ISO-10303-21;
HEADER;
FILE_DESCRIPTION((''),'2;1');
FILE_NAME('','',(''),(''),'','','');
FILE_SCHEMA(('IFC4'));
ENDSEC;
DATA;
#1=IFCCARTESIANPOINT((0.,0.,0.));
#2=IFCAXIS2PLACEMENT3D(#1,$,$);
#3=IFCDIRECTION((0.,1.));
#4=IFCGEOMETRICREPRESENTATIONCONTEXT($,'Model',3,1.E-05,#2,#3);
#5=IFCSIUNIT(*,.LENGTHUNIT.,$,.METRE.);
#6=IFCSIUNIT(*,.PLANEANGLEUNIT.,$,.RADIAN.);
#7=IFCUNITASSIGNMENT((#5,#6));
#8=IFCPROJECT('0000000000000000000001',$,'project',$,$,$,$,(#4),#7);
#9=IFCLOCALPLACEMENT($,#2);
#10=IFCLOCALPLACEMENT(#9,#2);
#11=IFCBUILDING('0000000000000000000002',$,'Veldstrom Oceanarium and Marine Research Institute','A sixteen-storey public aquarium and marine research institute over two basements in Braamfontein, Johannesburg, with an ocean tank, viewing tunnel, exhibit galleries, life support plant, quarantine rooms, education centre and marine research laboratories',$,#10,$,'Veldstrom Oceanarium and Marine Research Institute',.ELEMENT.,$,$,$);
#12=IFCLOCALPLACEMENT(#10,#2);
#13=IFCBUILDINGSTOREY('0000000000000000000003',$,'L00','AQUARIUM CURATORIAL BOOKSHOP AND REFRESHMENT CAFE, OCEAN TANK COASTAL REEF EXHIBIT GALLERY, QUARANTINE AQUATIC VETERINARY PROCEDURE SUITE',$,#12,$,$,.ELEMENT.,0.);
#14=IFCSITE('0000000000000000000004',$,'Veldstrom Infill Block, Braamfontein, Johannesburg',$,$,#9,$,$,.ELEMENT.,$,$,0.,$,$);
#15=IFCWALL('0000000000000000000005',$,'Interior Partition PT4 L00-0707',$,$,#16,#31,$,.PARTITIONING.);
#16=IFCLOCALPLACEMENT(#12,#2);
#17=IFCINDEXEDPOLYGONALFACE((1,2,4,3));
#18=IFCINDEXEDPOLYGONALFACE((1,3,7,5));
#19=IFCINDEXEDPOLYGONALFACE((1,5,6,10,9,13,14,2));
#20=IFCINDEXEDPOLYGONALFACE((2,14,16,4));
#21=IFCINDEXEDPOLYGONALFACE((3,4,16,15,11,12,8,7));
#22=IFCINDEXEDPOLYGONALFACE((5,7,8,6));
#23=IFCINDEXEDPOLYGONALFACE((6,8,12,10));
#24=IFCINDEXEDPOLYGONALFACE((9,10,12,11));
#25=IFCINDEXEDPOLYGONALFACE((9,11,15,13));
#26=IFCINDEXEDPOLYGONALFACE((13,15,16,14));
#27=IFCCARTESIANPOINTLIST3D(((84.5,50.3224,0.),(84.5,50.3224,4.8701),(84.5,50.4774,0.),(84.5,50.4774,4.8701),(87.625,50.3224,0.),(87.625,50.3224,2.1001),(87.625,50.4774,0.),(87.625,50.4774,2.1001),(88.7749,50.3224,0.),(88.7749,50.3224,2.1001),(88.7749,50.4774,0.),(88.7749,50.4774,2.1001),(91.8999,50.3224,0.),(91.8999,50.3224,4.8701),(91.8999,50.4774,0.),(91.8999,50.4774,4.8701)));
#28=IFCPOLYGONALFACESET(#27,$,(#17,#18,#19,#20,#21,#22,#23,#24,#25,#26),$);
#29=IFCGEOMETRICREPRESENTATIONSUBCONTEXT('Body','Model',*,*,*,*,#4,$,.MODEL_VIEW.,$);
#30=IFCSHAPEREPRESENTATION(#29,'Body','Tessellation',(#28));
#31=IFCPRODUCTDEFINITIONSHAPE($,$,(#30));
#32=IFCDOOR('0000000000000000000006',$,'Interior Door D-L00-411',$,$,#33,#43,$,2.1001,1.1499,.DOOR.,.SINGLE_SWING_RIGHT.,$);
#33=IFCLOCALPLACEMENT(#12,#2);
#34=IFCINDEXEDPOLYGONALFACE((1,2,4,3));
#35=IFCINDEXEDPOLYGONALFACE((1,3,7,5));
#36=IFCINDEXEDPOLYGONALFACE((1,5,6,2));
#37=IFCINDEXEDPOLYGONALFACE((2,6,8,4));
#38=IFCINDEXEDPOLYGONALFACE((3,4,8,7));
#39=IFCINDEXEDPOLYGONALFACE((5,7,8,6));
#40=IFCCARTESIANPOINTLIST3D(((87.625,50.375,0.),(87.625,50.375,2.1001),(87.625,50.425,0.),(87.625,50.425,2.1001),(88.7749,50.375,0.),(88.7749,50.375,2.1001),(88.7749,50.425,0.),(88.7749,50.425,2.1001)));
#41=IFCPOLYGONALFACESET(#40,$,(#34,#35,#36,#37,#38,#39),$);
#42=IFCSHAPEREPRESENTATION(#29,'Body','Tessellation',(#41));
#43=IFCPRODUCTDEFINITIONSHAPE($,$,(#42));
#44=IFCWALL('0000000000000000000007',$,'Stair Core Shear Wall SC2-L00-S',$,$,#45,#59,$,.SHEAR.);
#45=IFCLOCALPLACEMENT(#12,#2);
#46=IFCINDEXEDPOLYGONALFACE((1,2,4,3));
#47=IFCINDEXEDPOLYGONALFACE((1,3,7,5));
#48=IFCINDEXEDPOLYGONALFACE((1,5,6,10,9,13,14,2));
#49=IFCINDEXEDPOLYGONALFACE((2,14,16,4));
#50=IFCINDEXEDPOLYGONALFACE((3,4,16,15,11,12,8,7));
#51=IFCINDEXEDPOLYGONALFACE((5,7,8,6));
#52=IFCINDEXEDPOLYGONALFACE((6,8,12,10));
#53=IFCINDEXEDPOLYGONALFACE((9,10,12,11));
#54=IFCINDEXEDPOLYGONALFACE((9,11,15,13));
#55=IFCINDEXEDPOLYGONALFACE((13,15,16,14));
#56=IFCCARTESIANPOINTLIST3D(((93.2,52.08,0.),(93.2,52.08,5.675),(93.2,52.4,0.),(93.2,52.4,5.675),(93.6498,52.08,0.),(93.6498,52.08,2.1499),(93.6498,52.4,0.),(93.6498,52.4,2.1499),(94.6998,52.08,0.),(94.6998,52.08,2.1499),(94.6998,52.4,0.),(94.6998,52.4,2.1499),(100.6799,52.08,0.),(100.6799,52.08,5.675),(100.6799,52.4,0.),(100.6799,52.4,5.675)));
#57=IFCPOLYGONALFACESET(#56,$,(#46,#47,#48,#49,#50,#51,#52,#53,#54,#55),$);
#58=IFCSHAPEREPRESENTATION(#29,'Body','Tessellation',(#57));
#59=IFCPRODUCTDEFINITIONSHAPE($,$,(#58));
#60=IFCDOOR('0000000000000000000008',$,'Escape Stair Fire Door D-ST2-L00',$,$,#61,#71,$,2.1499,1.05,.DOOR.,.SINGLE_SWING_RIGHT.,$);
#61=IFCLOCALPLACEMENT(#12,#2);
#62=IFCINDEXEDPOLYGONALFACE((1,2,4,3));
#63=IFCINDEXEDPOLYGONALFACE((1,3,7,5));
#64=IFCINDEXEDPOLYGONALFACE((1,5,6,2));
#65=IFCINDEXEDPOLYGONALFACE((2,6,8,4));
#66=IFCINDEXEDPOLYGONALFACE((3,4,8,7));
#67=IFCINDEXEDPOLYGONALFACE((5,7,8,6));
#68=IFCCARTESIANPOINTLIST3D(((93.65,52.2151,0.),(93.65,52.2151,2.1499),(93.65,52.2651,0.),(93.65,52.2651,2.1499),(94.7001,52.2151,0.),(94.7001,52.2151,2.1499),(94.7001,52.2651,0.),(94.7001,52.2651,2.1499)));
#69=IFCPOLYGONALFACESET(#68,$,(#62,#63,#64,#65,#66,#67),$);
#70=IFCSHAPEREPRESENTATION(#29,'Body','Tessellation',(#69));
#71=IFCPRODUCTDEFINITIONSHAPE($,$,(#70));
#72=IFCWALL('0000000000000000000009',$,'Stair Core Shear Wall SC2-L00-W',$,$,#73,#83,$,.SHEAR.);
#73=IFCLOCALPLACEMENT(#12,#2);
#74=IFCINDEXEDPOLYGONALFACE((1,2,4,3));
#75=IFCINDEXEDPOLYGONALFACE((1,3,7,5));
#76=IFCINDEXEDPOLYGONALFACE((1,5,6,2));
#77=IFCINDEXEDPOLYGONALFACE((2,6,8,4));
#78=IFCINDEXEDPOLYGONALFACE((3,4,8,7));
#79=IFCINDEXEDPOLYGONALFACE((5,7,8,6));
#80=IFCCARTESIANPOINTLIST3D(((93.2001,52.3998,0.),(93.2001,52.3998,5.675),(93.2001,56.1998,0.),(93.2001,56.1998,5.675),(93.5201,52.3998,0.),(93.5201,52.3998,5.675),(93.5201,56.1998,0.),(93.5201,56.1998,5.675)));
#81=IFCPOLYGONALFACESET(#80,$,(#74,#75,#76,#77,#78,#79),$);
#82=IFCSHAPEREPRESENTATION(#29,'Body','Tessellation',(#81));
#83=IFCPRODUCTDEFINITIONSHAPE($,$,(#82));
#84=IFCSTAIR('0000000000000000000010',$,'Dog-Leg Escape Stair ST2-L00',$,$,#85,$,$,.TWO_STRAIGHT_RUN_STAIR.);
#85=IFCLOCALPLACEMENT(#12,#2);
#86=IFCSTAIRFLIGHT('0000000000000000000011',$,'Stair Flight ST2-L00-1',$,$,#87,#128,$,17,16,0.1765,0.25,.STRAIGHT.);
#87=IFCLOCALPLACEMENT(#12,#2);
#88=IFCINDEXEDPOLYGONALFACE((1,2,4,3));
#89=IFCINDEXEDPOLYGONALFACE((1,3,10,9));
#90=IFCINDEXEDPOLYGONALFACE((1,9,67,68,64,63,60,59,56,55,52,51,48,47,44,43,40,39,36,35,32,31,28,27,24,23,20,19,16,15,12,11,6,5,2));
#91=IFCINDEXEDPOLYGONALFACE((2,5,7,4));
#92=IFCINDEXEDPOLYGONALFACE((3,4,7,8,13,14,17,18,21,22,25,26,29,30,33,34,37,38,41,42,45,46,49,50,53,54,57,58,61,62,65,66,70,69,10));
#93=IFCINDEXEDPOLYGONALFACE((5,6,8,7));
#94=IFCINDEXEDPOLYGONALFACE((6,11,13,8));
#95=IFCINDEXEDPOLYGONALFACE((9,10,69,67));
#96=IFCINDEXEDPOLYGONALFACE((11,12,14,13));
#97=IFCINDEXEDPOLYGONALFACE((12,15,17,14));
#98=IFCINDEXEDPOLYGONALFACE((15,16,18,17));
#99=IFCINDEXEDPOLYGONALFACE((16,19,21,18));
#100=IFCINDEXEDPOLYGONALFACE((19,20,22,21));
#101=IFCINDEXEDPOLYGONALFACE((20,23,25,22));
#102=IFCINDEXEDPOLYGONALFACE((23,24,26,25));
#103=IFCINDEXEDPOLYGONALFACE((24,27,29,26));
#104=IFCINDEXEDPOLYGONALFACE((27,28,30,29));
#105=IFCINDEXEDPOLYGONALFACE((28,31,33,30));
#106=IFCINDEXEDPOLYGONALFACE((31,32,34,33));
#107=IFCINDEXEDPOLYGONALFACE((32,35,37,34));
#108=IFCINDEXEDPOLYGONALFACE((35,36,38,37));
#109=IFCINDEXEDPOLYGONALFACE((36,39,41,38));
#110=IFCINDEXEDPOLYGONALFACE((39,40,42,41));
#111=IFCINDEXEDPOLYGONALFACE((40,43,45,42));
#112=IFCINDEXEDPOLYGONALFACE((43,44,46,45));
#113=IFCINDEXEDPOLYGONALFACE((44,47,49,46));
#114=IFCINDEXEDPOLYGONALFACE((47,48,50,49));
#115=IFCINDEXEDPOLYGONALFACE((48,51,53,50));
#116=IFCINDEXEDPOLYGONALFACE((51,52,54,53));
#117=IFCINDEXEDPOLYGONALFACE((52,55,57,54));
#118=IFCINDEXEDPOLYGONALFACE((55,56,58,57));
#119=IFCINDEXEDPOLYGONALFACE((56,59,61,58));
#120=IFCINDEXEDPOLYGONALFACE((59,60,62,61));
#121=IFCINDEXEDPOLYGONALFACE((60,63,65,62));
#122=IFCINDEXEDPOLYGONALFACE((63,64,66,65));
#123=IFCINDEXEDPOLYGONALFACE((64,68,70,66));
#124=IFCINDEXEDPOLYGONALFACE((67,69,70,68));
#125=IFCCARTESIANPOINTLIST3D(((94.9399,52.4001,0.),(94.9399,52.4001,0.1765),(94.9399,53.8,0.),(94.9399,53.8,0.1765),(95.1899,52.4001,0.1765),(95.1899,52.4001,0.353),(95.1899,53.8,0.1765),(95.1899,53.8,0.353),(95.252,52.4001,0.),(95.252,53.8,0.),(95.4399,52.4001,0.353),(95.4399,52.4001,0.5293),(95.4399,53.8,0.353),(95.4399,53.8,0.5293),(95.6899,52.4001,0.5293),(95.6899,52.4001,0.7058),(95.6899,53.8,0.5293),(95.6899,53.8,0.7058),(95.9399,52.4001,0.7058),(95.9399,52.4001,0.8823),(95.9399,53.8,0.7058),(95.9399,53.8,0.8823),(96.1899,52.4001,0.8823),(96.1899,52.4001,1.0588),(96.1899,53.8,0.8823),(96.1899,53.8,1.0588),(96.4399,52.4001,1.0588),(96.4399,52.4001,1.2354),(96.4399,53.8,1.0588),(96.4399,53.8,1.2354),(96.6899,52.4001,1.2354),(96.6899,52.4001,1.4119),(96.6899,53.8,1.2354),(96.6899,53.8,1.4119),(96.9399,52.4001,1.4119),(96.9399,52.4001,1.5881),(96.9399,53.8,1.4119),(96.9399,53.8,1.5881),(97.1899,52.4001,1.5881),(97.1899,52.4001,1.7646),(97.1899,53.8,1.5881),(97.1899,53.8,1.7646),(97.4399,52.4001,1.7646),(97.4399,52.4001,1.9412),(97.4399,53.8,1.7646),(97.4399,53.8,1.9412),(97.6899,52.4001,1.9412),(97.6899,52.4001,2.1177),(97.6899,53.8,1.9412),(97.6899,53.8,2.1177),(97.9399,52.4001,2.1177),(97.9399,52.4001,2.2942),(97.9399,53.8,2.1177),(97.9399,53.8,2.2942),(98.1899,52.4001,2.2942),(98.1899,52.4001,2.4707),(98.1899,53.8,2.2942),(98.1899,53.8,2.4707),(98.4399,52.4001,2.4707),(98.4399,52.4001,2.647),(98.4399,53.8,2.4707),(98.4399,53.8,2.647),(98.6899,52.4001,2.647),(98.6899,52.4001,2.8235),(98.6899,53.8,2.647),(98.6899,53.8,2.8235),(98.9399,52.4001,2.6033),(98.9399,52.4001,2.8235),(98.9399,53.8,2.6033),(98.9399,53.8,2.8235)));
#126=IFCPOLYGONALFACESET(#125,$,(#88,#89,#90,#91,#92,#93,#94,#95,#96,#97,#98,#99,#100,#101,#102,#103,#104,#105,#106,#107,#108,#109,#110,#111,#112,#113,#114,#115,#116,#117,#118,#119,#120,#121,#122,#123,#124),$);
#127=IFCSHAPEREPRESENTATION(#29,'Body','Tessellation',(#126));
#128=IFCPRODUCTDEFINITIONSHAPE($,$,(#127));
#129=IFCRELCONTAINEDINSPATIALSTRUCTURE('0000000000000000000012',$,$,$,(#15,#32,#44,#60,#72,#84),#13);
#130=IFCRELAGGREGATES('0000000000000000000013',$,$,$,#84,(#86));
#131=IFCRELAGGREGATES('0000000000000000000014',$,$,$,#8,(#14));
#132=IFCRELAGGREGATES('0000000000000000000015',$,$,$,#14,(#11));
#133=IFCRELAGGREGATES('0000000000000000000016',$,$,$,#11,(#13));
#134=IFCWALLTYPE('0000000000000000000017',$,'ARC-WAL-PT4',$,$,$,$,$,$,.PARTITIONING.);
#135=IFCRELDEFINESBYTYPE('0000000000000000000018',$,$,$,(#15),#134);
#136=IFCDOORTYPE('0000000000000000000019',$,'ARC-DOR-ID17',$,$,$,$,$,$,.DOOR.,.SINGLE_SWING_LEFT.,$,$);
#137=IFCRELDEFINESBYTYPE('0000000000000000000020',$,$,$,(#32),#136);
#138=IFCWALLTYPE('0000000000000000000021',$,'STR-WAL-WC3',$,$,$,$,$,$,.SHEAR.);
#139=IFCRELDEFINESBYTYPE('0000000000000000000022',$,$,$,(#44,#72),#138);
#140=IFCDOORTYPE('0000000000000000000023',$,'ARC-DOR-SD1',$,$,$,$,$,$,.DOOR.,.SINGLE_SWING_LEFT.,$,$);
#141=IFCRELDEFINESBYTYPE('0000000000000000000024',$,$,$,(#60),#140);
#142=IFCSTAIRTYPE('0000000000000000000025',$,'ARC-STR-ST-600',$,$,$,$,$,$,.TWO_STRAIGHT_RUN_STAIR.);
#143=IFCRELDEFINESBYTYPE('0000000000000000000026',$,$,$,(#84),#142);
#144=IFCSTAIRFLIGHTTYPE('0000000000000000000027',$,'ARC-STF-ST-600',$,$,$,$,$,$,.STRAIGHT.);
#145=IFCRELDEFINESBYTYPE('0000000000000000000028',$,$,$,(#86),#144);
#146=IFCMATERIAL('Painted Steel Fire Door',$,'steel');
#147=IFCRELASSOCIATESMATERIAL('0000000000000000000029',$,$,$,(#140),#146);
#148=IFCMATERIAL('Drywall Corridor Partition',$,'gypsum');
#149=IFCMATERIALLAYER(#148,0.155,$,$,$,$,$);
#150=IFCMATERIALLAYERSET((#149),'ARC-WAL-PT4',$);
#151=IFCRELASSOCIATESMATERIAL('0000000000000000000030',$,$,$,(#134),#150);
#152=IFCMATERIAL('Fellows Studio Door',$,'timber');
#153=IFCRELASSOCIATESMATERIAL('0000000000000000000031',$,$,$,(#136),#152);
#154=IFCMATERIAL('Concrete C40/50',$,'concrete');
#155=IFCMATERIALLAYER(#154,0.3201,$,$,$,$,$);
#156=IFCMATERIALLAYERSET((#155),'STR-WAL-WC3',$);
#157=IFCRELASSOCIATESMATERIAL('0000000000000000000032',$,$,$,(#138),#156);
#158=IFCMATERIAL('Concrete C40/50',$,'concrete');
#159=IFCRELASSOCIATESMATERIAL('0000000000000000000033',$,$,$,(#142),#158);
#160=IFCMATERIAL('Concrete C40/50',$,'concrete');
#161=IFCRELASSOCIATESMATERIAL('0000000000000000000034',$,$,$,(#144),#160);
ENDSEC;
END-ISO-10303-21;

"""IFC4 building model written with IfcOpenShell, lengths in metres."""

from ifc_helpers import new_model, si_unit, direction, frame, frame_2d, origin, place, context, subcontext, project, spatial, polyline, rectangle, outline, extrude, material, layer, layer_set, type_object, element, fill, aggregate, save


model = new_model("IFC4")

# Units and contexts
model_context = context("Model", 3, precision=1e-05, world=origin(), true_north=direction((0.0, 1.0)))
body_context = subcontext(model_context, "Body", "Model", "MODEL_VIEW")
ifc_project = project(units=[si_unit("LENGTHUNIT", "METRE"), si_unit("PLANEANGLEUNIT", "RADIAN")], contexts=[model_context])

# Site, building, storey
site_placement = place(None, origin())
site = spatial("IfcSite", under=ifc_project, at=site_placement, Name="Veldstrom Infill Block, Braamfontein, Johannesburg", CompositionType="ELEMENT", RefElevation=0.0)
building_placement = place(site_placement, origin())
building = spatial("IfcBuilding", under=site, at=building_placement, Name="Veldstrom Oceanarium and Marine Research Institute", Description="A sixteen-storey public aquarium and marine research institute over two basements in Braamfontein, Johannesburg, with an ocean tank, viewing tunnel, exhibit galleries, life support plant, quarantine rooms, education centre and marine research laboratories", LongName="Veldstrom Oceanarium and Marine Research Institute", CompositionType="ELEMENT")
storey_placement = place(building_placement, origin())
storey = spatial("IfcBuildingStorey", under=building, at=storey_placement, Name="L00", Description="AQUARIUM CURATORIAL BOOKSHOP AND REFRESHMENT CAFE, OCEAN TANK COASTAL REEF EXHIBIT GALLERY, QUARANTINE AQUATIC VETERINARY PROCEDURE SUITE", CompositionType="ELEMENT", Elevation=0.0)

# Walls, openings, doors
ifc_material_1 = material(Name="Painted Steel Fire Door", Category="steel")
door_type_1 = type_object("IfcDoorType", Name="ARC-DOR-SD1", OperationType="SINGLE_SWING_LEFT", PredefinedType="DOOR", material=ifc_material_1)
ifc_material_2 = material(Name="Drywall Corridor Partition", Category="gypsum")
ifc_layer_1 = layer(ifc_material_2, 0.155)
ifc_layer_set_1 = layer_set([ifc_layer_1], Name="ARC-WAL-PT4")
wall_type_1 = type_object("IfcWallType", Name="ARC-WAL-PT4", PredefinedType="PARTITIONING", material=ifc_layer_set_1)
wall_1_placement = place(storey_placement, frame((84.5, 50.3999, 0.0), z_axis=(0.0, 0.0, 1.0), x_axis=(1.0, 0.0, 0.0)))
wall_1 = element("IfcWall", 1, at=wall_1_placement, inside=storey, type_object=wall_type_1, Name="Interior Partition PT4 L00-0707", PredefinedType="PARTITIONING", context=body_context, shape_type="SweptSolid", body=[
    extrude(rectangle(XDim=7.3999, YDim=0.155, at=frame_2d((3.7, 0.0))), origin(), (0.0, 0.0, 1.0), 4.8701),
])
opening_1_placement = place(wall_1_placement, frame((3.125, 0.0, 0.0)))
opening_1 = element("IfcOpeningElement", 2, at=opening_1_placement, cuts=wall_1, PredefinedType="OPENING", context=body_context, shape_type="SweptSolid", body=[
    extrude(rectangle(XDim=1.1499, YDim=2.1001, at=frame_2d((0.575, 1.05))), frame((0.0, 0.0874, 0.0), z_axis=(0.0, -1.0, 0.0), x_axis=(1.0, 0.0, 0.0)), (0.0, 0.0, 1.0), 0.175),
])
ifc_material_3 = material(Name="Fellows Studio Door", Category="timber")
door_type_2 = type_object("IfcDoorType", Name="ARC-DOR-ID17", OperationType="SINGLE_SWING_LEFT", PredefinedType="DOOR", material=ifc_material_3)
door_1_placement = place(opening_1_placement, frame((1.1499, 0.0, 0.0), z_axis=(0.0, 0.0, 1.0), x_axis=(-1.0, 0.0, 0.0)))
door_1 = element("IfcDoor", 3, at=door_1_placement, inside=storey, type_object=door_type_2, Name="Interior Door D-L00-411", OperationType="SINGLE_SWING_RIGHT", OverallHeight=2.1001, OverallWidth=1.1499, PredefinedType="DOOR", context=body_context, shape_type="SweptSolid", body=[
    extrude(rectangle(XDim=1.1499, YDim=2.1001, at=frame_2d((0.575, 1.05))), frame((0.0, 0.0249, 0.0), z_axis=(0.0, -1.0, 0.0), x_axis=(1.0, 0.0, 0.0)), (0.0, 0.0, 1.0), 0.05),
])
fill(opening_1, door_1)
ifc_material_4 = material(Name="Concrete C40/50", Category="concrete")
ifc_layer_2 = layer(ifc_material_4, 0.3201)
ifc_layer_set_2 = layer_set([ifc_layer_2], Name="STR-WAL-WC3")
wall_type_2 = type_object("IfcWallType", Name="STR-WAL-WC3", PredefinedType="SHEAR", material=ifc_layer_set_2)
wall_2_placement = place(storey_placement, frame((93.2, 52.24, 0.0), z_axis=(0.0, 0.0, 1.0), x_axis=(1.0, 0.0, 0.0)))
wall_2 = element("IfcWall", 4, at=wall_2_placement, inside=storey, type_object=wall_type_2, Name="Stair Core Shear Wall SC2-L00-S", PredefinedType="SHEAR", context=body_context, shape_type="SweptSolid", body=[
    extrude(rectangle(XDim=7.48, YDim=0.3201, at=frame_2d((3.74, 0.0))), origin(), (0.0, 0.0, 1.0), 5.675),
])
opening_2_placement = place(wall_2_placement, frame((0.45, 0.0, 0.0)))
opening_2 = element("IfcOpeningElement", 5, at=opening_2_placement, cuts=wall_2, PredefinedType="OPENING", context=body_context, shape_type="SweptSolid", body=[
    extrude(rectangle(XDim=1.05, YDim=2.1499, at=frame_2d((0.5249, 1.075))), frame((0.0, 0.1699, 0.0), z_axis=(0.0, -1.0, 0.0), x_axis=(1.0, 0.0, 0.0)), (0.0, 0.0, 1.0), 0.3401),
])
door_2_placement = place(opening_2_placement, frame((1.05, 0.0, 0.0), z_axis=(0.0, 0.0, 1.0), x_axis=(-1.0, 0.0, 0.0)))
door_2 = element("IfcDoor", 6, at=door_2_placement, inside=storey, type_object=door_type_1, Name="Escape Stair Fire Door D-ST2-L00", OperationType="SINGLE_SWING_RIGHT", OverallHeight=2.1499, OverallWidth=1.05, PredefinedType="DOOR", context=body_context, shape_type="SweptSolid", body=[
    extrude(rectangle(XDim=1.05, YDim=2.1499, at=frame_2d((0.5249, 1.075))), frame((0.0, 0.0249, 0.0), z_axis=(0.0, -1.0, 0.0), x_axis=(1.0, 0.0, 0.0)), (0.0, 0.0, 1.0), 0.05),
])
fill(opening_2, door_2)

# Wall
wall_3_placement = place(storey_placement, frame((93.3601, 52.3999, 0.0), z_axis=(0.0, 0.0, 1.0), x_axis=(0.0, 1.0, 0.0)))
element("IfcWall", 7, at=wall_3_placement, inside=storey, type_object=wall_type_2, Name="Stair Core Shear Wall SC2-L00-W", PredefinedType="SHEAR", context=body_context, shape_type="SweptSolid", body=[
    extrude(rectangle(XDim=3.8, YDim=0.3201, at=frame_2d((1.8999, 0.0))), origin(), (0.0, 0.0, 1.0), 5.675),
])

# Stair, stair flight
ifc_material_5 = material(Name="Concrete C40/50", Category="concrete")
stair_type = type_object("IfcStairType", Name="ARC-STR-ST-600", PredefinedType="TWO_STRAIGHT_RUN_STAIR", material=ifc_material_5)
stair_placement = place(storey_placement, origin())
stair = element("IfcStair", 8, at=stair_placement, inside=storey, type_object=stair_type, Name="Dog-Leg Escape Stair ST2-L00", PredefinedType="TWO_STRAIGHT_RUN_STAIR")
ifc_material_6 = material(Name="Concrete C40/50", Category="concrete")
stair_flight_type = type_object("IfcStairFlightType", Name="ARC-STF-ST-600", PredefinedType="STRAIGHT", material=ifc_material_6)
stair_flight_placement = place(storey_placement, frame((94.9399, 53.1001, 0.0), z_axis=(0.0, 0.0, 1.0), x_axis=(1.0, 0.0, 0.0)))
stair_flight = element("IfcStairFlight", 9, at=stair_flight_placement, type_object=stair_flight_type, Name="Stair Flight ST2-L00-1", NumberOfRisers=17, NumberOfTreads=16, PredefinedType="STRAIGHT", RiserHeight=0.1765, TreadLength=0.25, context=body_context, shape_type="SweptSolid", body=[
    extrude(outline(polyline([(0.0, 0.0), (0.0, 0.1765), (0.25, 0.1765), (0.25, 0.353), (0.5, 0.353), (0.5, 0.5293), (0.75, 0.5293), (0.75, 0.7058), (1.0, 0.7058), (1.0, 0.8823), (1.25, 0.8823), (1.25, 1.0588), (1.5, 1.0588), (1.5, 1.2354), (1.75, 1.2354), (1.75, 1.4119), (2.0, 1.4119), (2.0, 1.5881), (2.25, 1.5881), (2.25, 1.7646), (2.5, 1.7646), (2.5, 1.9412), (2.75, 1.9412), (2.75, 2.1177), (3.0, 2.1177), (3.0, 2.2942), (3.25, 2.2942), (3.25, 2.4707), (3.5, 2.4707), (3.5, 2.647), (3.75, 2.647), (3.75, 2.8235), (4.0, 2.8235), (4.0, 3.0), (4.0, 2.6033), (0.312, 0.0), (0.0, 0.0)])), frame((0.0, 0.7, 0.0), z_axis=(0.0, -1.0, 0.0), x_axis=(1.0, 0.0, 0.0)), (0.0, 0.0, 1.0), 1.3999),
])
aggregate(stair, [stair_flight])

save(model, "model.ifc")
